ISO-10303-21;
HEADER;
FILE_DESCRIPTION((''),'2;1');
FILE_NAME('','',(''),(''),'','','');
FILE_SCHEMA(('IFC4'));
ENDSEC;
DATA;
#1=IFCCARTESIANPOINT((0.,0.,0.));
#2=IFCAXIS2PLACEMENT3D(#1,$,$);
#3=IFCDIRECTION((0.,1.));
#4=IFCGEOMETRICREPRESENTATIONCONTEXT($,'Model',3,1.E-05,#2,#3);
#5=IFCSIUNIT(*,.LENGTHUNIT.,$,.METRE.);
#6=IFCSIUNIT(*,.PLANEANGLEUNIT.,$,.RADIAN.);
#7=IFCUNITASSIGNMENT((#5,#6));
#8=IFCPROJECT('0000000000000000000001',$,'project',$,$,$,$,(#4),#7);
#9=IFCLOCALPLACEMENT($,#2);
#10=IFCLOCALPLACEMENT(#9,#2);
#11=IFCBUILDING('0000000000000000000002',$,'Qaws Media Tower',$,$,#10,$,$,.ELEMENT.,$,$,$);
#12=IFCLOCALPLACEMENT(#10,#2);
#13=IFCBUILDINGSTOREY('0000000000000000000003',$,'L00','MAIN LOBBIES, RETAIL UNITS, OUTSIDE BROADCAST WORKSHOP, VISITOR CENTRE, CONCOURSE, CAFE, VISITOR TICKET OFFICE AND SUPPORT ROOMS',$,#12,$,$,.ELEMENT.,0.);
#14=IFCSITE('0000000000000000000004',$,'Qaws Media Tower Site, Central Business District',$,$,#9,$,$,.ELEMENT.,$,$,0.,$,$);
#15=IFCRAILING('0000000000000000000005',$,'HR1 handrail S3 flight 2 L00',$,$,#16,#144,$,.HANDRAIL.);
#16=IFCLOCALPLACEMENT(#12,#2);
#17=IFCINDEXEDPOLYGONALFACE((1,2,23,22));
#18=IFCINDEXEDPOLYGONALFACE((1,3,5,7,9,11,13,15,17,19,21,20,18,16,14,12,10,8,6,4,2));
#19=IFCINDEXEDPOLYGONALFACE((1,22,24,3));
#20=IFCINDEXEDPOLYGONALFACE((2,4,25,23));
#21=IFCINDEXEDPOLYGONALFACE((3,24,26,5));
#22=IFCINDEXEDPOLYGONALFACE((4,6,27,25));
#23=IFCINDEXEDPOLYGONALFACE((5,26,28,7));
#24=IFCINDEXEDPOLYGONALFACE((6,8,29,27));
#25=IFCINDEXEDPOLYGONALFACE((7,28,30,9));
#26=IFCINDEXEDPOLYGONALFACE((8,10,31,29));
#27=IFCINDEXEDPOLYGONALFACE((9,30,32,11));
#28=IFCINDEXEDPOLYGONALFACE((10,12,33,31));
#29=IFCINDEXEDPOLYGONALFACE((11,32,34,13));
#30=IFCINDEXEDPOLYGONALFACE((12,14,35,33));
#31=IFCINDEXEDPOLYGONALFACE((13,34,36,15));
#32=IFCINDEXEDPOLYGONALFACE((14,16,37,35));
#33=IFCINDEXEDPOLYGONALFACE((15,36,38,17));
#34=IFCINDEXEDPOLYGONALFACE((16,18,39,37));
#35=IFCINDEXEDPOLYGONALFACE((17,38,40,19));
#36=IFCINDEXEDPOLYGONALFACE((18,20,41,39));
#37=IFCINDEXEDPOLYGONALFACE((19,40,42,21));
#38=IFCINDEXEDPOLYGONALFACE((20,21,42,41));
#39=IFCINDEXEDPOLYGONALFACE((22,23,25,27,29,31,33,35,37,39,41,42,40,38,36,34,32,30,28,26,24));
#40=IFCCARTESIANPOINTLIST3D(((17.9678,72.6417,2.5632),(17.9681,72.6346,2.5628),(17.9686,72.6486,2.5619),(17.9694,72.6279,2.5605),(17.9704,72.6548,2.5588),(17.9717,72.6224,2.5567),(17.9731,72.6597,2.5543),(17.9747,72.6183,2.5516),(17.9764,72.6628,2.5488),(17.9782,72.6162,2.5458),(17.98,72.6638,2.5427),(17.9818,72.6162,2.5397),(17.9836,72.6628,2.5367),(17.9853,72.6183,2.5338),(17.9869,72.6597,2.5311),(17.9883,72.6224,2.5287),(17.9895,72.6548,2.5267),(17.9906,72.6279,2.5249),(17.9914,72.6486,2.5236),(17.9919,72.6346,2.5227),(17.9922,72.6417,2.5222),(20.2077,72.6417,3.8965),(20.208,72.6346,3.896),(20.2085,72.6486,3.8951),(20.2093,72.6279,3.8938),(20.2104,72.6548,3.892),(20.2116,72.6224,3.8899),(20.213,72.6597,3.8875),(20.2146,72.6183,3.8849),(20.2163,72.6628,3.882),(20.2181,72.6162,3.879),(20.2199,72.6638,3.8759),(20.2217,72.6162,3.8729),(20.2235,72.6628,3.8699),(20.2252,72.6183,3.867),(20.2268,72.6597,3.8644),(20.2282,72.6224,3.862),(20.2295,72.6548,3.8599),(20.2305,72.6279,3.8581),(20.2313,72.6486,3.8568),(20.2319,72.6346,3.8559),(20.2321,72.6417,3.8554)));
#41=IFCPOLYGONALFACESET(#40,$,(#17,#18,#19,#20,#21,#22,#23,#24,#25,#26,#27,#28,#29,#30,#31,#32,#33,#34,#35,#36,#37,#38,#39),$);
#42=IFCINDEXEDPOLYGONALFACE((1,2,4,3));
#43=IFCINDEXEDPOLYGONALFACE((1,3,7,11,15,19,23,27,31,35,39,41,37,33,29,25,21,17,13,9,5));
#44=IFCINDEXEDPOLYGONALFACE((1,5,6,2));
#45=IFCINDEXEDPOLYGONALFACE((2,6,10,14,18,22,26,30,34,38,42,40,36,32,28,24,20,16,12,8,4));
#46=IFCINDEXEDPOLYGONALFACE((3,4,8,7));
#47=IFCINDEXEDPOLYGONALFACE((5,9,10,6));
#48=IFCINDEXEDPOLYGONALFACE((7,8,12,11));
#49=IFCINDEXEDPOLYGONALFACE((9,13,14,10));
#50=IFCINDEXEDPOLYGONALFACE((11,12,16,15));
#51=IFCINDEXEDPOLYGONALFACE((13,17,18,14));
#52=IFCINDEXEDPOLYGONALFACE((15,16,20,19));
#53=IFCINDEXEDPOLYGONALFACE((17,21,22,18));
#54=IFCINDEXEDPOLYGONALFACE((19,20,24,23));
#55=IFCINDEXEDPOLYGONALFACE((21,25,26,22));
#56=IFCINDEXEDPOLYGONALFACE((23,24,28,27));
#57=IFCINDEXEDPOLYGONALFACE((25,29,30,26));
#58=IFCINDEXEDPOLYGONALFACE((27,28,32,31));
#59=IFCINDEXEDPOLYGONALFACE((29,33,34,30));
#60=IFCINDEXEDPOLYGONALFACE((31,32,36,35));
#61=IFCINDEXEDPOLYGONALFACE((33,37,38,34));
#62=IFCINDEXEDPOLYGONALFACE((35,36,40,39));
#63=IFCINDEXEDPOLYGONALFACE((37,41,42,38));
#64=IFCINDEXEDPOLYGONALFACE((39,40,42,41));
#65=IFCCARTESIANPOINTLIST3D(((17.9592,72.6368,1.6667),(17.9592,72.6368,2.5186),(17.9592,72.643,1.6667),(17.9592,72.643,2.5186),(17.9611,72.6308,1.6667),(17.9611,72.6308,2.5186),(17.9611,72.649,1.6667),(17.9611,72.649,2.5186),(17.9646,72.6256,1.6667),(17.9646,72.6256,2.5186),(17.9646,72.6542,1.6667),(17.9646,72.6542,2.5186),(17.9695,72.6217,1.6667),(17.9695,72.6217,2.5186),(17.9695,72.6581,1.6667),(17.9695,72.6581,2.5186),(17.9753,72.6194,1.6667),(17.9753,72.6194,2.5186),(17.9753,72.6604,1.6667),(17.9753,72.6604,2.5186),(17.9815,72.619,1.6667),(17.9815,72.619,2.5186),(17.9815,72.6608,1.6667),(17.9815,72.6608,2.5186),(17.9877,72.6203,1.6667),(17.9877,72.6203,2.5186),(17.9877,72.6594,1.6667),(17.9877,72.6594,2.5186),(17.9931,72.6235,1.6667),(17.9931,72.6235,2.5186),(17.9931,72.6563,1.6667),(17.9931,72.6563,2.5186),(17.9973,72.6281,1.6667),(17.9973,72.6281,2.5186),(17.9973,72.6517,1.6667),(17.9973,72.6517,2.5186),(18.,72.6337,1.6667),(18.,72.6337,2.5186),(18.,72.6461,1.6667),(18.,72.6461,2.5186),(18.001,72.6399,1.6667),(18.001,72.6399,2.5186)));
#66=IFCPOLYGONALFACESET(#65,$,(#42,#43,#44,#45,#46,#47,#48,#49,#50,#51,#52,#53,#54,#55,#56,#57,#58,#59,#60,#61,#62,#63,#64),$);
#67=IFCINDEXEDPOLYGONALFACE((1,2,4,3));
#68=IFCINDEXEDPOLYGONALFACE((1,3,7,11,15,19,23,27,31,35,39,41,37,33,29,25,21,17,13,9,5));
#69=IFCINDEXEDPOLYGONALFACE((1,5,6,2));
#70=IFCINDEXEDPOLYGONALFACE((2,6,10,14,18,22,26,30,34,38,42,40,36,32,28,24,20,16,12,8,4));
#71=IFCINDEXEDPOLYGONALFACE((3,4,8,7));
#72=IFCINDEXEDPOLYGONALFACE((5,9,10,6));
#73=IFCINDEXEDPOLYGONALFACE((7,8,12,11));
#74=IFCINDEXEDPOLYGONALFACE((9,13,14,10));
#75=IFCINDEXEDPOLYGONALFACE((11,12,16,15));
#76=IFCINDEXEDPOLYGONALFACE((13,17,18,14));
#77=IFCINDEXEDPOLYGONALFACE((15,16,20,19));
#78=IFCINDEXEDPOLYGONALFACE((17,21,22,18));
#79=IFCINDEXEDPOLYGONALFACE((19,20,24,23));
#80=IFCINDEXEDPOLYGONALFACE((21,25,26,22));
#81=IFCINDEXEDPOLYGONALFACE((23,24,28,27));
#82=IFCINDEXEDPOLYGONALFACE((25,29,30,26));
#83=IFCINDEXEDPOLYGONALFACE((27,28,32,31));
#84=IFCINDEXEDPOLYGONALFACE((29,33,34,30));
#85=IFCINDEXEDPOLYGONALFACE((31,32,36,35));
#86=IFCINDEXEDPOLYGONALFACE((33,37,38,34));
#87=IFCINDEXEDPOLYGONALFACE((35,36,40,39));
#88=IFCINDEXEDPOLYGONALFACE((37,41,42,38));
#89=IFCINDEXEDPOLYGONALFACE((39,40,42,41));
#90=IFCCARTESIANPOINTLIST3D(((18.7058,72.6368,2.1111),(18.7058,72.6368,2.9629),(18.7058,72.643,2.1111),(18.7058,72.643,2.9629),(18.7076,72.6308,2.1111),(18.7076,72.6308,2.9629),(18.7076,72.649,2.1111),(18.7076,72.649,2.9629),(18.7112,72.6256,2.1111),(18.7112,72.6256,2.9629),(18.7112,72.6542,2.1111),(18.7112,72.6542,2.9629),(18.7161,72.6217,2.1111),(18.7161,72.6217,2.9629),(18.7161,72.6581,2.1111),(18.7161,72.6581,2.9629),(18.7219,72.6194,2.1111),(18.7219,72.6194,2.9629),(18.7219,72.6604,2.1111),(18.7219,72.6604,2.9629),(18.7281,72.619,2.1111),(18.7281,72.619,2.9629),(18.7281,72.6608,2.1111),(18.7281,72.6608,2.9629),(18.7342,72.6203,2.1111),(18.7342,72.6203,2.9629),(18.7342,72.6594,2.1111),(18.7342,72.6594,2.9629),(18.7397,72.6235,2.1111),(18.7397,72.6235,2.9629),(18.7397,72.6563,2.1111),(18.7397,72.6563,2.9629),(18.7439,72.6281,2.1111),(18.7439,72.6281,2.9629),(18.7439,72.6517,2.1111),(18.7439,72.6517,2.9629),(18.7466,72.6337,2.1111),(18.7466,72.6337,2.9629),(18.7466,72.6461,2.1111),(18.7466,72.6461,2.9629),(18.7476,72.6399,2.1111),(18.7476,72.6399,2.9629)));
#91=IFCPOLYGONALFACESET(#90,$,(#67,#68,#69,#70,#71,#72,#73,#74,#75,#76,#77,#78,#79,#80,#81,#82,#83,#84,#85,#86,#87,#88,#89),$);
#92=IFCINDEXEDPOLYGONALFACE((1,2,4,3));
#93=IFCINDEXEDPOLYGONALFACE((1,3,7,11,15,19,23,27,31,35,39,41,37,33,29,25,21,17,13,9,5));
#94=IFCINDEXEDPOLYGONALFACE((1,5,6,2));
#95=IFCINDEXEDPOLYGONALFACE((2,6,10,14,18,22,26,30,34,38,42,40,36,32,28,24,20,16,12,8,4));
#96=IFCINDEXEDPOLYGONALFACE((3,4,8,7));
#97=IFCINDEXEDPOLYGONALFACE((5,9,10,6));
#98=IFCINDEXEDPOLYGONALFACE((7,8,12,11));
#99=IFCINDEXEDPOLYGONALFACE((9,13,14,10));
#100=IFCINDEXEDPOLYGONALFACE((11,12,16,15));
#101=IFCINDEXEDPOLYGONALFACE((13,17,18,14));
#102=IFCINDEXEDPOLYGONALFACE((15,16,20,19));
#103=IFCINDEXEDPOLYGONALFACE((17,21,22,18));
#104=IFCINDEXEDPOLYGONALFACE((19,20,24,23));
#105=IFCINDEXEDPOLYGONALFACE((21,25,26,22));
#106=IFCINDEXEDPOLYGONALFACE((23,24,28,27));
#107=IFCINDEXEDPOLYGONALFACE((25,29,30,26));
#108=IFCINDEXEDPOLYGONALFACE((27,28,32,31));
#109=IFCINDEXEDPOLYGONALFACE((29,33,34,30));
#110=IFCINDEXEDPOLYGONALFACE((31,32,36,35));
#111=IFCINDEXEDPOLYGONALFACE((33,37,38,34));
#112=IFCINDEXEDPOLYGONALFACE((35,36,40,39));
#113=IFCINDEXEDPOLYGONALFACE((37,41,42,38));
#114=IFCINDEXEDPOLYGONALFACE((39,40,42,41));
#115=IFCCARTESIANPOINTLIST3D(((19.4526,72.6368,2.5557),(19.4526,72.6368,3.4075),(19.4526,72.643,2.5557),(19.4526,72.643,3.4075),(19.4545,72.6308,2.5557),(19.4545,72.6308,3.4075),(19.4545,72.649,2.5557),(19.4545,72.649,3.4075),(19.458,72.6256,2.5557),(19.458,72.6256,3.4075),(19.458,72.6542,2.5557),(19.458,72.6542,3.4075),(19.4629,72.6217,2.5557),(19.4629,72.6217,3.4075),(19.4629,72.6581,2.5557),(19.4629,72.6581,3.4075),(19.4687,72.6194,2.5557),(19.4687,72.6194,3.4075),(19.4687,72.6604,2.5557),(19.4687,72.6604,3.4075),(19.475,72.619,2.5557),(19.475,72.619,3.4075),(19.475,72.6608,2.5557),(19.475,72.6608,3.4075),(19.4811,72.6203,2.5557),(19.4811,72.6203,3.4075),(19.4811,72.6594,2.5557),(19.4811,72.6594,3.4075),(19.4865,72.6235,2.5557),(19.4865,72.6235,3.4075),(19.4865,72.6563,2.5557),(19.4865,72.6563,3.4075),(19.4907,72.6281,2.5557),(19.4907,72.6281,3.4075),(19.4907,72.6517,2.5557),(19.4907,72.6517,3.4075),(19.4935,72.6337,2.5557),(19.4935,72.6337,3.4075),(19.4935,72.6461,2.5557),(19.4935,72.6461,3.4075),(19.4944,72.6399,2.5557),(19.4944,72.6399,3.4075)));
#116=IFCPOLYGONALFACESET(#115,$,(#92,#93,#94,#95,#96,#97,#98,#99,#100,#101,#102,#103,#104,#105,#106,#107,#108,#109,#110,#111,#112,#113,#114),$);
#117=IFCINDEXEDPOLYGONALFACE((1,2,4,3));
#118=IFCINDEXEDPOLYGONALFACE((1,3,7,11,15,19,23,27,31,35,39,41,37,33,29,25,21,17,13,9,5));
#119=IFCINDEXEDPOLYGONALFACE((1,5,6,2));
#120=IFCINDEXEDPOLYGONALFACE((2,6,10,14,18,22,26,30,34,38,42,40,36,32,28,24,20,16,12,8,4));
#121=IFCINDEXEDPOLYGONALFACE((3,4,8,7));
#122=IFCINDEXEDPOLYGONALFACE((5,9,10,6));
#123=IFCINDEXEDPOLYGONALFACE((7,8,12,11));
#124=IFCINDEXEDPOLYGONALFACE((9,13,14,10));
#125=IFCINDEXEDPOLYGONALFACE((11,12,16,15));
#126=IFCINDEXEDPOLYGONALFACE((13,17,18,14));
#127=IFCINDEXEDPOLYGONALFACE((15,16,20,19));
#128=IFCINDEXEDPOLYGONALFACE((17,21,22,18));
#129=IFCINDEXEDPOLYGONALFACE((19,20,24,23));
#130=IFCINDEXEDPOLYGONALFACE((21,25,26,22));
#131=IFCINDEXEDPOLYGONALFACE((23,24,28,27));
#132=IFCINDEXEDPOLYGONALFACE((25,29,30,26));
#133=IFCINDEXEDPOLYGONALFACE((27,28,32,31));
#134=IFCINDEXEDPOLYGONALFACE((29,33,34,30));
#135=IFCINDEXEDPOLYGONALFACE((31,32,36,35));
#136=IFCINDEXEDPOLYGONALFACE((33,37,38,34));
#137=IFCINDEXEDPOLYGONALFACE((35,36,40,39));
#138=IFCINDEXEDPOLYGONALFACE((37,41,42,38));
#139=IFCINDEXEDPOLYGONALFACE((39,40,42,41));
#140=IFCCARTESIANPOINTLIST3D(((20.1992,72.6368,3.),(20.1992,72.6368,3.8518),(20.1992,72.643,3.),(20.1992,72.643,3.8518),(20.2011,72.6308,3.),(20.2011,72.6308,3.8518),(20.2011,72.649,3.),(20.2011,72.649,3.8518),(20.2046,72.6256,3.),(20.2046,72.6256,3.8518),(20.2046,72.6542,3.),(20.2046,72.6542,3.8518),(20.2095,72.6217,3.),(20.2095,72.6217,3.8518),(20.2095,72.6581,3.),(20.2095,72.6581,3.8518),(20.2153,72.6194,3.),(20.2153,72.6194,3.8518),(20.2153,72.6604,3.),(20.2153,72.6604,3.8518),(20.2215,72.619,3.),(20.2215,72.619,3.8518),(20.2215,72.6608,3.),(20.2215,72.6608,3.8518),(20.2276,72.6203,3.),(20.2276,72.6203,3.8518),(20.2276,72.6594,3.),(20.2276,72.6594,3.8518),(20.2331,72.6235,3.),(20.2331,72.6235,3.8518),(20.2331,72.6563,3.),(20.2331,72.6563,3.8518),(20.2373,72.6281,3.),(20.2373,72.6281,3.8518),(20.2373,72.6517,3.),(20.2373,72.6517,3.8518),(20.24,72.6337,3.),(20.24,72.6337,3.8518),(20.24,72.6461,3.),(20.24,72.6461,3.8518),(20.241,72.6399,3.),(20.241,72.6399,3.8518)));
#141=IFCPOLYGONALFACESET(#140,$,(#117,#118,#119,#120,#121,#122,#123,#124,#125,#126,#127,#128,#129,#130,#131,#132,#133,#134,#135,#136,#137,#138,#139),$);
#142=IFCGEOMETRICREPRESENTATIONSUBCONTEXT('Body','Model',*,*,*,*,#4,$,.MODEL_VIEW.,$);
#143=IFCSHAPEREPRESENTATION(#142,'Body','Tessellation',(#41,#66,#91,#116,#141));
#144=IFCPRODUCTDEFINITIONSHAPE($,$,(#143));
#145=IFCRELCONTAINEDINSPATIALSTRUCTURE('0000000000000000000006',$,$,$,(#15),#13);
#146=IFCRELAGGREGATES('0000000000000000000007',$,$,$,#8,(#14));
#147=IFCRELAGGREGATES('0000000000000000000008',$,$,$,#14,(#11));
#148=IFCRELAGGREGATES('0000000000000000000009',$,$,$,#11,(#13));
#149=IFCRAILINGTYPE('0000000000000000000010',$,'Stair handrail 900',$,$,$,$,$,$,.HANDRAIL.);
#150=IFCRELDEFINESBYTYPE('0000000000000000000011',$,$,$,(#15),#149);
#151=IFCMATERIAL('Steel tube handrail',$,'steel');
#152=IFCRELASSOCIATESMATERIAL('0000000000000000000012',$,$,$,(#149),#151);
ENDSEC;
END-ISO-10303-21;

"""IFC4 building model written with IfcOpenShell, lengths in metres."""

from ifc_helpers import new_model, si_unit, direction, frame, origin, origin_2d, place, context, subcontext, project, spatial, circle, extrude, material, type_object, element, save


model = new_model("IFC4")

# Units and contexts
model_context = context("Model", 3, precision=1e-05, world=origin(), true_north=direction((0.0, 1.0)))
body_context = subcontext(model_context, "Body", "Model", "MODEL_VIEW")
ifc_project = project(units=[si_unit("LENGTHUNIT", "METRE"), si_unit("PLANEANGLEUNIT", "RADIAN")], contexts=[model_context])

# Site, building, storey
site_placement = place(None, origin())
site = spatial("IfcSite", under=ifc_project, at=site_placement, Name="Qaws Media Tower Site, Central Business District", CompositionType="ELEMENT", RefElevation=0.0)
building_placement = place(site_placement, origin())
building = spatial("IfcBuilding", under=site, at=building_placement, Name="Qaws Media Tower", CompositionType="ELEMENT")
storey_placement = place(building_placement, origin())
storey = spatial("IfcBuildingStorey", under=building, at=storey_placement, Name="L00", Description="MAIN LOBBIES, RETAIL UNITS, OUTSIDE BROADCAST WORKSHOP, VISITOR CENTRE, CONCOURSE, CAFE, VISITOR TICKET OFFICE AND SUPPORT ROOMS", CompositionType="ELEMENT", Elevation=0.0)

# Railing
ifc_material_1 = material(Name="Steel tube handrail", Category="steel")
railing_type = type_object("IfcRailingType", Name="Stair handrail 900", PredefinedType="HANDRAIL", material=ifc_material_1)
for number, where, name in (
    (1, (17.98, 72.6399, 1.6667), "HR1 handrail S3 flight 2 L00"),
):
    element("IfcRailing", number, at=place(storey_placement, frame(where)), inside=storey, type_object=railing_type, Name=name, PredefinedType="HANDRAIL", context=body_context, shape_type="SweptSolid", body=[
        extrude(circle(Radius=0.0239, at=origin_2d()), frame((0.0, 0.0, 0.876), z_axis=(0.859306, 0.0, 0.511462), x_axis=(0.0, 1.0, 0.0)), (0.0, 0.0, 1.0), 2.6067),
        extrude(circle(Radius=0.021, at=origin_2d()), origin(), (0.0, 0.0, 1.0), 0.8518),
        extrude(circle(Radius=0.021, at=origin_2d()), frame((0.7466, 0.0, 0.4443)), (0.0, 0.0, 1.0), 0.8518),
        extrude(circle(Radius=0.021, at=origin_2d()), frame((1.4934, 0.0, 0.8889)), (0.0, 0.0, 1.0), 0.8518),
        extrude(circle(Radius=0.021, at=origin_2d()), frame((2.24, 0.0, 1.3333)), (0.0, 0.0, 1.0), 0.8518),
    ])

save(model, "model.ifc")
